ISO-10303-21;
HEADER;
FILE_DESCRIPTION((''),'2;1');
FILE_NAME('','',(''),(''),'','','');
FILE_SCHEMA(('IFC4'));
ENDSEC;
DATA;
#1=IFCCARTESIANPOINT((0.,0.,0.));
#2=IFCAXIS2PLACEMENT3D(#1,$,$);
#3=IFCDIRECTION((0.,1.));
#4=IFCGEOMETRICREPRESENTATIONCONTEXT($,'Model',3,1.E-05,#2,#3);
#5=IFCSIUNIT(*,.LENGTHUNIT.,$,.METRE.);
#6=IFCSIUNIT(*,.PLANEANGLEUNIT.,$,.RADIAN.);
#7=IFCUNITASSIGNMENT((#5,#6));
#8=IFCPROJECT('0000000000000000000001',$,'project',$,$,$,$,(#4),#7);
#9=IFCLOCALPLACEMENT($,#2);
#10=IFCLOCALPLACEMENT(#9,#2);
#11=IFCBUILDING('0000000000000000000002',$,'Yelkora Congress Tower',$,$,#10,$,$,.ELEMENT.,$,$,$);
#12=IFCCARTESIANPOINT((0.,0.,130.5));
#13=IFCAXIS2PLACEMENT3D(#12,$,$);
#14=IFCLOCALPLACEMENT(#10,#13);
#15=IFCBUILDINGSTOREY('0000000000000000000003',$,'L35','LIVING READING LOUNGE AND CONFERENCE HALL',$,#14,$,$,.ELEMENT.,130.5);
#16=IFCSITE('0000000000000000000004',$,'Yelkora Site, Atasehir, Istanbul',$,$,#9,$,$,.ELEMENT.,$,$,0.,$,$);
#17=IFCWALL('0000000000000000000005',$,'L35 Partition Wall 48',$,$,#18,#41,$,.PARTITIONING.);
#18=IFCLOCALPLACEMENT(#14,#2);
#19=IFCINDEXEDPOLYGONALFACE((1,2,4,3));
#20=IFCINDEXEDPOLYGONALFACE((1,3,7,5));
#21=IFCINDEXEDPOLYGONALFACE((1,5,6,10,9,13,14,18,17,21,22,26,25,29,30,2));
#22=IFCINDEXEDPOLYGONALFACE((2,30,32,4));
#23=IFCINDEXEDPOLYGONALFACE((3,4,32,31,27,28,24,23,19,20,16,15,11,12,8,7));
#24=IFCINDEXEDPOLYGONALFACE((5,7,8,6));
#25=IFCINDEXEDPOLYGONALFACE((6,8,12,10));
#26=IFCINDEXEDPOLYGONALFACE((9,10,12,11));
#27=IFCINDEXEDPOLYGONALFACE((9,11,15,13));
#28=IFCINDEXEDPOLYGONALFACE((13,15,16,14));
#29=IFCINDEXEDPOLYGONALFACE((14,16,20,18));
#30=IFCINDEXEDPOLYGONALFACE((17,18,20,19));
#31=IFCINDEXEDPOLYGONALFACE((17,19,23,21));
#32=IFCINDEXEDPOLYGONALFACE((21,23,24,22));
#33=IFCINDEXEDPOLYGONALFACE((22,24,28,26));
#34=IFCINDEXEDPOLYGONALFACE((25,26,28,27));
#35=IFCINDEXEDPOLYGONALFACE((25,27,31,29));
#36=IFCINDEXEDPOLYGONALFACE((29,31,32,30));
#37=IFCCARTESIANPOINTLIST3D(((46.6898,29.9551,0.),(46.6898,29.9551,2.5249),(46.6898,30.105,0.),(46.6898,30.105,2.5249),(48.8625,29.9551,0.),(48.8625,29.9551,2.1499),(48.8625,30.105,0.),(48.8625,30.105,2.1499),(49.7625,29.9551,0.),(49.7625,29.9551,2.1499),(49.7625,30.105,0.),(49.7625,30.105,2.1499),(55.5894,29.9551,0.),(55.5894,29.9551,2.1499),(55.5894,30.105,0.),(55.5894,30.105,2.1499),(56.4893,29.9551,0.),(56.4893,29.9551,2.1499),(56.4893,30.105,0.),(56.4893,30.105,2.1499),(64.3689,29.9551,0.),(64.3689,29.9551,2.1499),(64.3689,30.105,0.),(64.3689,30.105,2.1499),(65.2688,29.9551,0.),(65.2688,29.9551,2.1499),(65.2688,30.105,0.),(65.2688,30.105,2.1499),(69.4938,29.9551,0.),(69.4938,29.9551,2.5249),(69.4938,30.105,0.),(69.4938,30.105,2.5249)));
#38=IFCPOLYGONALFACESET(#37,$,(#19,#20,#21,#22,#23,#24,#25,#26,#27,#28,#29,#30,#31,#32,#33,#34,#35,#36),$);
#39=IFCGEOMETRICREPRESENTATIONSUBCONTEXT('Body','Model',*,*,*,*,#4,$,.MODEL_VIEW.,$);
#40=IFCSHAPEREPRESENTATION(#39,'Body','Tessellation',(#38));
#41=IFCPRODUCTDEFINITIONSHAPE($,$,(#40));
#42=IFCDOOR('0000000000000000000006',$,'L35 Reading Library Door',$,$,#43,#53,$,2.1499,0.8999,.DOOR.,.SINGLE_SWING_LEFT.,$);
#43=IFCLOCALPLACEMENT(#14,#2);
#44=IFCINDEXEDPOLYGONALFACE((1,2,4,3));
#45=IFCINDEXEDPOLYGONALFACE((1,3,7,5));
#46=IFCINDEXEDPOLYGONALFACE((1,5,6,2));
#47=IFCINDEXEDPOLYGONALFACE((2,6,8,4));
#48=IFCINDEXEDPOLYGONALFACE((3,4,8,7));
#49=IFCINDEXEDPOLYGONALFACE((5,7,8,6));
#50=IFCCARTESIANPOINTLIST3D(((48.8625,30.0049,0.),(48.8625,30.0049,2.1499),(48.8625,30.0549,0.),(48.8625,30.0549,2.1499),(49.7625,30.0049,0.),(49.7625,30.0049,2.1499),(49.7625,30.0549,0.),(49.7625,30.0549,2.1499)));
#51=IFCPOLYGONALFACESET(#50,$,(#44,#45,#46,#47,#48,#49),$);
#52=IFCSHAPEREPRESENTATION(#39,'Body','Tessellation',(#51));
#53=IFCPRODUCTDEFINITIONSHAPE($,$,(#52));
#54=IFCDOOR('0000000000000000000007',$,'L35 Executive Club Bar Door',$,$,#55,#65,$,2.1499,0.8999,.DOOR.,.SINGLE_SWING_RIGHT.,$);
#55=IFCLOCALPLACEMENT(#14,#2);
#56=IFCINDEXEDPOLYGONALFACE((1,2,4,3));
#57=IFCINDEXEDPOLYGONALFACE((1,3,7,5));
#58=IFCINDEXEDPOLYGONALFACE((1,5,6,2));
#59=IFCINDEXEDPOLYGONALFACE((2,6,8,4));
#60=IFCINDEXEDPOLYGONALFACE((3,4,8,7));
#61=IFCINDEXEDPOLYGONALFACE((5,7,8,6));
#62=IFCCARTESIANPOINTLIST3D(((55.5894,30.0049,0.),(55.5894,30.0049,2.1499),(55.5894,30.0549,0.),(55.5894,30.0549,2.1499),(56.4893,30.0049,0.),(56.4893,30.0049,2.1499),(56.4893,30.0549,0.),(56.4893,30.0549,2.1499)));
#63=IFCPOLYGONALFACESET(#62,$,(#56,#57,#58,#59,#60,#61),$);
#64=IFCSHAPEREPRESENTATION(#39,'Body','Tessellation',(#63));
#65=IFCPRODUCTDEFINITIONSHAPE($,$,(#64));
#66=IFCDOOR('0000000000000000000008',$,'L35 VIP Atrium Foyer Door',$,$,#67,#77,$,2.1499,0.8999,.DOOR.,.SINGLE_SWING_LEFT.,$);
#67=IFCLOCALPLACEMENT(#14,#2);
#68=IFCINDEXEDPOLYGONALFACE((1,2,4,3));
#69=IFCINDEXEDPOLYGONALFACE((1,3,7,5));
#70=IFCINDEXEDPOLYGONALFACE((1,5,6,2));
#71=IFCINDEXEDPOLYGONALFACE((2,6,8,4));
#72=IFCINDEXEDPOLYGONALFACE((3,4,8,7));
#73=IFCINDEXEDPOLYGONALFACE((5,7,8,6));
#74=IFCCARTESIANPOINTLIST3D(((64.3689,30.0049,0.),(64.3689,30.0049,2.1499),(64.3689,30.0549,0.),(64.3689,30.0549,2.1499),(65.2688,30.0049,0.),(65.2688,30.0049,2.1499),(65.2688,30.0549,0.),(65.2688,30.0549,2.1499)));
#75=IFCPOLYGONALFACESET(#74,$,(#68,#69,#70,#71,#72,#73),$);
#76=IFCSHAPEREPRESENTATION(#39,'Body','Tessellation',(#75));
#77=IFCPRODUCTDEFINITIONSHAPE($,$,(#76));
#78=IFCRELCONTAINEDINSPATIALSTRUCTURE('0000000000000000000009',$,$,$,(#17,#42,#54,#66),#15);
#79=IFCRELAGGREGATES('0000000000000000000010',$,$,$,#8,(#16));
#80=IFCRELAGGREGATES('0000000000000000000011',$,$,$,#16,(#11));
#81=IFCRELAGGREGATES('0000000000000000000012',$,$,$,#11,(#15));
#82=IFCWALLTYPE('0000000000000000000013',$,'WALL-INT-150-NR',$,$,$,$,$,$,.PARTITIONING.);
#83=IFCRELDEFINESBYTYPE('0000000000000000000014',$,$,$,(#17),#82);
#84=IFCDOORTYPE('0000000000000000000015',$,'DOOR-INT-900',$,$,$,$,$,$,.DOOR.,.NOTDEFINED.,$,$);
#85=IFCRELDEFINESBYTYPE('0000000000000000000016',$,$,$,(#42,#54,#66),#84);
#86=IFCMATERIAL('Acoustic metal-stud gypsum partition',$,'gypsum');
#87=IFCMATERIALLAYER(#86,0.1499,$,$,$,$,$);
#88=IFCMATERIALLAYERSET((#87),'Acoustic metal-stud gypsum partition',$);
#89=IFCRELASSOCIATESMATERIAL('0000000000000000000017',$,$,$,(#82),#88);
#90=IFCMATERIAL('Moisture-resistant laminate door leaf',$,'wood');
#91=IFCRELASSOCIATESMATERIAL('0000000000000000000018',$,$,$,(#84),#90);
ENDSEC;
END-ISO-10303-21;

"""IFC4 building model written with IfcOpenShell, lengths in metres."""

from ifc_helpers import new_model, si_unit, direction, frame, frame_2d, origin, place, context, subcontext, project, spatial, rectangle, extrude, material, layer, layer_set, type_object, element, fill, save


model = new_model("IFC4")

# Units and contexts
model_context = context("Model", 3, precision=1e-05, world=origin(), true_north=direction((0.0, 1.0)))
body_context = subcontext(model_context, "Body", "Model", "MODEL_VIEW")
ifc_project = project(units=[si_unit("LENGTHUNIT", "METRE"), si_unit("PLANEANGLEUNIT", "RADIAN")], contexts=[model_context])

# Site, building, storey
site_placement = place(None, origin())
site = spatial("IfcSite", under=ifc_project, at=site_placement, Name="Yelkora Site, Atasehir, Istanbul", CompositionType="ELEMENT", RefElevation=0.0)
building_placement = place(site_placement, origin())
building = spatial("IfcBuilding", under=site, at=building_placement, Name="Yelkora Congress Tower", CompositionType="ELEMENT")
storey_placement = place(building_placement, frame((0.0, 0.0, 130.5)))
storey = spatial("IfcBuildingStorey", under=building, at=storey_placement, Name="L35", Description="LIVING READING LOUNGE AND CONFERENCE HALL", CompositionType="ELEMENT", Elevation=130.5)

# Shared definitions
ifc_material_1 = material(Name="Acoustic metal-stud gypsum partition", Category="gypsum")
ifc_layer = layer(ifc_material_1, 0.1499)
ifc_layer_set = layer_set([ifc_layer], Name="Acoustic metal-stud gypsum partition")
wall_type = type_object("IfcWallType", Name="WALL-INT-150-NR", PredefinedType="PARTITIONING", material=ifc_layer_set)

# Wall, openings, doors
wall_placement = place(storey_placement, frame((46.6899, 30.03, 0.0), z_axis=(0.0, 0.0, 1.0), x_axis=(1.0, 0.0, 0.0)))
wall = element("IfcWall", 1, at=wall_placement, inside=storey, type_object=wall_type, Name="L35 Partition Wall 48", PredefinedType="PARTITIONING", context=body_context, shape_type="SweptSolid", body=[
    extrude(rectangle(XDim=22.804, YDim=0.1499, at=frame_2d((11.4019, 0.0))), origin(), (0.0, 0.0, 1.0), 2.5249),
])
opening_1_placement = place(wall_placement, frame((2.1726, 0.0, 0.0)))
opening_1 = element("IfcOpeningElement", 2, at=opening_1_placement, cuts=wall, PredefinedType="OPENING", context=body_context, shape_type="SweptSolid", body=[
    extrude(rectangle(XDim=0.8999, YDim=2.1499, at=frame_2d((0.45, 1.075))), frame((0.0, 0.085, 0.0), z_axis=(0.0, -1.0, 0.0), x_axis=(1.0, 0.0, 0.0)), (0.0, 0.0, 1.0), 0.1699),
])
opening_2_placement = place(wall_placement, frame((8.8994, 0.0, 0.0)))
opening_2 = element("IfcOpeningElement", 3, at=opening_2_placement, cuts=wall, PredefinedType="OPENING", context=body_context, shape_type="SweptSolid", body=[
    extrude(rectangle(XDim=0.8999, YDim=2.1499, at=frame_2d((0.45, 1.075))), frame((0.0, 0.085, 0.0), z_axis=(0.0, -1.0, 0.0), x_axis=(1.0, 0.0, 0.0)), (0.0, 0.0, 1.0), 0.1699),
])
opening_3_placement = place(wall_placement, frame((17.679, 0.0, 0.0)))
opening_3 = element("IfcOpeningElement", 4, at=opening_3_placement, cuts=wall, PredefinedType="OPENING", context=body_context, shape_type="SweptSolid", body=[
    extrude(rectangle(XDim=0.8999, YDim=2.1499, at=frame_2d((0.45, 1.075))), frame((0.0, 0.085, 0.0), z_axis=(0.0, -1.0, 0.0), x_axis=(1.0, 0.0, 0.0)), (0.0, 0.0, 1.0), 0.1699),
])
ifc_material_2 = material(Name="Moisture-resistant laminate door leaf", Category="wood")
door_type = type_object("IfcDoorType", Name="DOOR-INT-900", OperationType="NOTDEFINED", PredefinedType="DOOR", material=ifc_material_2)
door_1_placement = place(opening_1_placement, origin())
door_1 = element("IfcDoor", 5, at=door_1_placement, inside=storey, type_object=door_type, Name="L35 Reading Library Door", OperationType="SINGLE_SWING_LEFT", OverallHeight=2.1499, OverallWidth=0.8999, PredefinedType="DOOR", context=body_context, shape_type="SweptSolid", body=[
    extrude(rectangle(XDim=0.8999, YDim=2.1499, at=frame_2d((0.45, 1.075))), frame((0.0, 0.0249, 0.0), z_axis=(0.0, -1.0, 0.0), x_axis=(1.0, 0.0, 0.0)), (0.0, 0.0, 1.0), 0.05),
])
fill(opening_1, door_1)
door_2_placement = place(opening_2_placement, origin())
door_2 = element("IfcDoor", 6, at=door_2_placement, inside=storey, type_object=door_type, Name="L35 Executive Club Bar Door", OperationType="SINGLE_SWING_RIGHT", OverallHeight=2.1499, OverallWidth=0.8999, PredefinedType="DOOR", context=body_context, shape_type="SweptSolid", body=[
    extrude(rectangle(XDim=0.8999, YDim=2.1499, at=frame_2d((0.45, 1.075))), frame((0.0, 0.0249, 0.0), z_axis=(0.0, -1.0, 0.0), x_axis=(1.0, 0.0, 0.0)), (0.0, 0.0, 1.0), 0.05),
])
fill(opening_2, door_2)
door_3_placement = place(opening_3_placement, origin())
door_3 = element("IfcDoor", 7, at=door_3_placement, inside=storey, type_object=door_type, Name="L35 VIP Atrium Foyer Door", OperationType="SINGLE_SWING_LEFT", OverallHeight=2.1499, OverallWidth=0.8999, PredefinedType="DOOR", context=body_context, shape_type="SweptSolid", body=[
    extrude(rectangle(XDim=0.8999, YDim=2.1499, at=frame_2d((0.45, 1.075))), frame((0.0, 0.0249, 0.0), z_axis=(0.0, -1.0, 0.0), x_axis=(1.0, 0.0, 0.0)), (0.0, 0.0, 1.0), 0.05),
])
fill(opening_3, door_3)

save(model, "model.ifc")
